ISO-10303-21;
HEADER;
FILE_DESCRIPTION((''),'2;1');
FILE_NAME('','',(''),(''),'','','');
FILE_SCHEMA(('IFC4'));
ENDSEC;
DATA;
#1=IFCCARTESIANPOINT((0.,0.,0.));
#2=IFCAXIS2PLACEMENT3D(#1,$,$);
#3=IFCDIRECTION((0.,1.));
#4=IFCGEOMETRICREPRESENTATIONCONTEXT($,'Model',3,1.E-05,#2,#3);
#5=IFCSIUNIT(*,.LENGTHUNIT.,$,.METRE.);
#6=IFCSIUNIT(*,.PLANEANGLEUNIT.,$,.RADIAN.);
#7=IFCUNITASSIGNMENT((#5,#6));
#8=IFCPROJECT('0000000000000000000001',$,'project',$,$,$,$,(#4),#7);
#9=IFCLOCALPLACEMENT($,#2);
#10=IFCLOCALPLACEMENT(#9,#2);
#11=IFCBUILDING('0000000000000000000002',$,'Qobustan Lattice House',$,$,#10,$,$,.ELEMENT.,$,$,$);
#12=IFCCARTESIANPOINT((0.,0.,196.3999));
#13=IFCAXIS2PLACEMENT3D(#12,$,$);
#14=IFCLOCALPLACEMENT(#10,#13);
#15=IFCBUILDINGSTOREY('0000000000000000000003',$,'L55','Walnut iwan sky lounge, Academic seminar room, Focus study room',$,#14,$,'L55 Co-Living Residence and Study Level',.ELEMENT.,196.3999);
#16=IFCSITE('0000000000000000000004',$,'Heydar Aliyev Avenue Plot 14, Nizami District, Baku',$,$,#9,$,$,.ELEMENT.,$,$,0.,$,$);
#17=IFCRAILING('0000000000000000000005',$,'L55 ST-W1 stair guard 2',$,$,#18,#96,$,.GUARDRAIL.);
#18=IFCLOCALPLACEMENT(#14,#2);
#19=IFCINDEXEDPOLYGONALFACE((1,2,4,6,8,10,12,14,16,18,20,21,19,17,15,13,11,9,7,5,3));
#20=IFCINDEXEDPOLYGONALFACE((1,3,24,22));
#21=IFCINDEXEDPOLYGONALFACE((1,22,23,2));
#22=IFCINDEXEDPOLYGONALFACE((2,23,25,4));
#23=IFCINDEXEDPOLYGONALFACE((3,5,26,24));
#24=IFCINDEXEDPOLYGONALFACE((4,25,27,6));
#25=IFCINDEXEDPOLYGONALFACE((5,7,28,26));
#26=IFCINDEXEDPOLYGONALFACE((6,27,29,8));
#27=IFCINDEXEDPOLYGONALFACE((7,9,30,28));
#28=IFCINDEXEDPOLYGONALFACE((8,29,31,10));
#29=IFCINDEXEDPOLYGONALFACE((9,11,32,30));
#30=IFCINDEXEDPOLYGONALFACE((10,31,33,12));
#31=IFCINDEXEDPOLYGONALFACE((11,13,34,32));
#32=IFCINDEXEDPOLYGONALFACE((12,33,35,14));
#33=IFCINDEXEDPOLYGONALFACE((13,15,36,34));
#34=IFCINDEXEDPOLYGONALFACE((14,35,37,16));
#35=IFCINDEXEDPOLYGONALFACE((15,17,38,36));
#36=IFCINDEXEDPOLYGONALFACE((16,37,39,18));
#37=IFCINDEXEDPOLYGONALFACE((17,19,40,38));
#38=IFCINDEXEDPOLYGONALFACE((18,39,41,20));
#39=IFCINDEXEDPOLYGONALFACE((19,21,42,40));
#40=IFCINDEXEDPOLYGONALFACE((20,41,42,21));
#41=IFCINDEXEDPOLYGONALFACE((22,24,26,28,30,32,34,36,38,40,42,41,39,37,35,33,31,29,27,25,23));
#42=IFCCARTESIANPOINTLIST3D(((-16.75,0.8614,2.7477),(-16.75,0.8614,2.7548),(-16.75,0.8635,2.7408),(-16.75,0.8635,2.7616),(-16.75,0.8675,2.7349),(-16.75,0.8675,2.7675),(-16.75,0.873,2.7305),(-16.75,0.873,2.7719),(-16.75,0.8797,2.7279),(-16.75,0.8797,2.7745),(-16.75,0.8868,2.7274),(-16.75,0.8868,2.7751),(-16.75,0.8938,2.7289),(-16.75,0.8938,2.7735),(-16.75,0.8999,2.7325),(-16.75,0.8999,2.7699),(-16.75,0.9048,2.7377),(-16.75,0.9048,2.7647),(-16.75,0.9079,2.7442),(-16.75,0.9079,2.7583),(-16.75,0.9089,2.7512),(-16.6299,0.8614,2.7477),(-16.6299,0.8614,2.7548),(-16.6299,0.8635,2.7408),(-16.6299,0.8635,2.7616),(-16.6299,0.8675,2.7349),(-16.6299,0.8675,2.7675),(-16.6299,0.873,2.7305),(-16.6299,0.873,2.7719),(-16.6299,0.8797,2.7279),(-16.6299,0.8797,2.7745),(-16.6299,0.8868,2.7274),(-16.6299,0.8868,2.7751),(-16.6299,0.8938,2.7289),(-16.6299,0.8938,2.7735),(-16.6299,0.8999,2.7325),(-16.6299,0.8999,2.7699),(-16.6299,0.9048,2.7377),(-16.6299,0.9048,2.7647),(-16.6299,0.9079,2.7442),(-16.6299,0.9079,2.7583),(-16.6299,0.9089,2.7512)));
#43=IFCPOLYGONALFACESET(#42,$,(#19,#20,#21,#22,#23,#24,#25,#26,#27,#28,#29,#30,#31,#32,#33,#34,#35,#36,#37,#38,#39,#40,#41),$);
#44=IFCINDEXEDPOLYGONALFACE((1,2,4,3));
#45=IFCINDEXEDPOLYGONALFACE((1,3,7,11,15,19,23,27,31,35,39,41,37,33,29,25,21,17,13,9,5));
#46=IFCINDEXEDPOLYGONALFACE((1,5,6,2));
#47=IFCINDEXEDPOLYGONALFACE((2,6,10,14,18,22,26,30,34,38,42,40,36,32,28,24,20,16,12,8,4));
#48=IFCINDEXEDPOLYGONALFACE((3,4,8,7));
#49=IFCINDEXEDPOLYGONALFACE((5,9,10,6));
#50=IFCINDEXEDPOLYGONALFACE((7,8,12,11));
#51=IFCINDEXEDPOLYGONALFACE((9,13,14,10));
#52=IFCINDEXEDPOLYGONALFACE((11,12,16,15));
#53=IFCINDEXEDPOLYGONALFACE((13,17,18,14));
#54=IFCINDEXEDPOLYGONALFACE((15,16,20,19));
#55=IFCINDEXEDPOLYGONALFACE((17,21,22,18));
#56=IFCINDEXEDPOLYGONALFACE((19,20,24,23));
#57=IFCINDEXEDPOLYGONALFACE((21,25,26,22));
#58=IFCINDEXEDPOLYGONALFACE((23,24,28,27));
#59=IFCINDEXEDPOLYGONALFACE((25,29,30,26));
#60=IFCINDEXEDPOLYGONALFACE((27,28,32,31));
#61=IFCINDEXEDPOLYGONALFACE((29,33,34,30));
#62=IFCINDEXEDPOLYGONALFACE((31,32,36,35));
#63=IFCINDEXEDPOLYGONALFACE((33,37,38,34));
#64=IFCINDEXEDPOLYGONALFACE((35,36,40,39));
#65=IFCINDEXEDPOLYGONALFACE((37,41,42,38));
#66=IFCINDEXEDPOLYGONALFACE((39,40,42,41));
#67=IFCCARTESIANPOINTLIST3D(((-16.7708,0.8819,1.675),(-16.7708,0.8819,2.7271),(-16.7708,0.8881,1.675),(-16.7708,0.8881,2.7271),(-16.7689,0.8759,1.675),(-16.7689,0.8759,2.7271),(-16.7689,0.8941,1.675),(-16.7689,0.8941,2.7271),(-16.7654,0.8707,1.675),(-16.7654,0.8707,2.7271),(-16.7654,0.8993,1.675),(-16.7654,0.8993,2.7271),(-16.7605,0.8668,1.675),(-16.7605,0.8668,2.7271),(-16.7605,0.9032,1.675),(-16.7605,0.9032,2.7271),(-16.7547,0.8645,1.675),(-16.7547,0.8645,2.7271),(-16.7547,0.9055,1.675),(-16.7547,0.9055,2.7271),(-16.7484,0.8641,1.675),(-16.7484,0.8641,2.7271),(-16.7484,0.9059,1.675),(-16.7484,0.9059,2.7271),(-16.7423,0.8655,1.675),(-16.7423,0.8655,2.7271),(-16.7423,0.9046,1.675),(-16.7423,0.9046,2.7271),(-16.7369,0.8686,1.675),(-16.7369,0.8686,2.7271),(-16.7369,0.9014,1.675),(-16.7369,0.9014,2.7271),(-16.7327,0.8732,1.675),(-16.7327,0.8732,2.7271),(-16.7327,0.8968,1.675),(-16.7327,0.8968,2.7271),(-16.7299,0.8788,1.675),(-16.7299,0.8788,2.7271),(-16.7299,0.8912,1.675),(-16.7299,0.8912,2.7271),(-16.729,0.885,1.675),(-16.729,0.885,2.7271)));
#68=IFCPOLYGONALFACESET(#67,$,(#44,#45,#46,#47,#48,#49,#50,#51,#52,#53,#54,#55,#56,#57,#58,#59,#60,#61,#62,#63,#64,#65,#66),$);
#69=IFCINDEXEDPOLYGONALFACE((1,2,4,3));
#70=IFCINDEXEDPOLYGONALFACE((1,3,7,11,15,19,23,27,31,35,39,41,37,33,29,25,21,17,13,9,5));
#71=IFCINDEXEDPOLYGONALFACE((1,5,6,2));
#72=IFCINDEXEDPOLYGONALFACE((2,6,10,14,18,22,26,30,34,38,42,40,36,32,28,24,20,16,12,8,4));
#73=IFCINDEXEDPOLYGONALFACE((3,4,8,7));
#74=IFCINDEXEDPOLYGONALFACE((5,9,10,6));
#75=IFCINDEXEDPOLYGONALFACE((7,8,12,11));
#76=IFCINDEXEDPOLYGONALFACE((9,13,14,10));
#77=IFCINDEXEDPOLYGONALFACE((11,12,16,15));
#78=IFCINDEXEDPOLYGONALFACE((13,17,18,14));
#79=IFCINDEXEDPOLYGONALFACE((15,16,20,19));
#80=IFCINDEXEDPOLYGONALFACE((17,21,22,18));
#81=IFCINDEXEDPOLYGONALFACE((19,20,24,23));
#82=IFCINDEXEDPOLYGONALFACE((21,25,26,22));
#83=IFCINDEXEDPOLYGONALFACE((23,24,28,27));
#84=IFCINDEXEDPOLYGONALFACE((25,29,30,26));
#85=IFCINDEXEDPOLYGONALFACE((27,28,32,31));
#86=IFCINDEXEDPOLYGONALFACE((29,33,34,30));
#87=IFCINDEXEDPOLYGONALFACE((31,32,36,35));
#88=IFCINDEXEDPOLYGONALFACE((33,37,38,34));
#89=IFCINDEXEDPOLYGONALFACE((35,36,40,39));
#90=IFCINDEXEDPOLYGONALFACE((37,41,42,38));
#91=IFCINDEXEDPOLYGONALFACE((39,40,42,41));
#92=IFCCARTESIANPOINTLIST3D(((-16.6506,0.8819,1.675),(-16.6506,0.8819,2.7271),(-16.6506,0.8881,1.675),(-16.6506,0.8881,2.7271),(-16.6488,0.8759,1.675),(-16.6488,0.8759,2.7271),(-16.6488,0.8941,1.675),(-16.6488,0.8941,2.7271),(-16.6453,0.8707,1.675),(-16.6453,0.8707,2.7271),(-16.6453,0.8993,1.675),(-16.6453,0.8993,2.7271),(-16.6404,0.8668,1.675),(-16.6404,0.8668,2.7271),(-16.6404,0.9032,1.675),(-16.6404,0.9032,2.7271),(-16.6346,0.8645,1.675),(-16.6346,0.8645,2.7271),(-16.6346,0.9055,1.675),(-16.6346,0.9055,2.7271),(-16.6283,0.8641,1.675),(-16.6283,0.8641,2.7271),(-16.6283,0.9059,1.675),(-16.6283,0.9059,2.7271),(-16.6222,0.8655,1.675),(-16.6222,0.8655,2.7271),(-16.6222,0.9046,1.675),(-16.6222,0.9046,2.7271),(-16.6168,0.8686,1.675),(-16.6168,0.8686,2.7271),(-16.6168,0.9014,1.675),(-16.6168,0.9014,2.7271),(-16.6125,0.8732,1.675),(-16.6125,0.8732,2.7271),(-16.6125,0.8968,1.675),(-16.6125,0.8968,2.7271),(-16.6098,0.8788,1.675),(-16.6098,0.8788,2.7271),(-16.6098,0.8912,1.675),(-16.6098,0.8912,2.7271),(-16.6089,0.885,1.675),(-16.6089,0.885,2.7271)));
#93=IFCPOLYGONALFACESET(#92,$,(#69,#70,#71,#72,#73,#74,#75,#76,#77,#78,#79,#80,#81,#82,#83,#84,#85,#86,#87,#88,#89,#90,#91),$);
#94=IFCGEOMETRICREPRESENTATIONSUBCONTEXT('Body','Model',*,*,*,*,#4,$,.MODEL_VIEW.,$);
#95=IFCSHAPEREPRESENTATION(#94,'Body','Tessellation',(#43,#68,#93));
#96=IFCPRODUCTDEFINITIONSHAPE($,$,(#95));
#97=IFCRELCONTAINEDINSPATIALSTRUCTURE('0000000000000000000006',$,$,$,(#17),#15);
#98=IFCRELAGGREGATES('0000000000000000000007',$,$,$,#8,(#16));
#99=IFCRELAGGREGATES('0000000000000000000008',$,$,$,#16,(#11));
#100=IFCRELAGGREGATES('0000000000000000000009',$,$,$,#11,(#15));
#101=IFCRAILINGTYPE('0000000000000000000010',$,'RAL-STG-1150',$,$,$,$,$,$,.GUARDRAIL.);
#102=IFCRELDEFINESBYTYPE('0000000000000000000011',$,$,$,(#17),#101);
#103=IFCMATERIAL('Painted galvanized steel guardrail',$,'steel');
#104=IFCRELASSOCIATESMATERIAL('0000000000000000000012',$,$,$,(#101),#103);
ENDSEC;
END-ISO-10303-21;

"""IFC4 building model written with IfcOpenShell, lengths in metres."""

from ifc_helpers import new_model, si_unit, direction, frame, origin, origin_2d, place, context, subcontext, project, spatial, circle, extrude, material, type_object, element, save


model = new_model("IFC4")

# Units and contexts
model_context = context("Model", 3, precision=1e-05, world=origin(), true_north=direction((0.0, 1.0)))
body_context = subcontext(model_context, "Body", "Model", "MODEL_VIEW")
ifc_project = project(units=[si_unit("LENGTHUNIT", "METRE"), si_unit("PLANEANGLEUNIT", "RADIAN")], contexts=[model_context])

# Site, building, storey
site_placement = place(None, origin())
site = spatial("IfcSite", under=ifc_project, at=site_placement, Name="Heydar Aliyev Avenue Plot 14, Nizami District, Baku", CompositionType="ELEMENT", RefElevation=0.0)
building_placement = place(site_placement, origin())
building = spatial("IfcBuilding", under=site, at=building_placement, Name="Qobustan Lattice House", CompositionType="ELEMENT")
storey_placement = place(building_placement, frame((0.0, 0.0, 196.3999)))
storey = spatial("IfcBuildingStorey", under=building, at=storey_placement, Name="L55", Description="Walnut iwan sky lounge, Academic seminar room, Focus study room", LongName="L55 Co-Living Residence and Study Level", CompositionType="ELEMENT", Elevation=196.3999)

# Railing
ifc_material_1 = material(Name="Painted galvanized steel guardrail", Category="steel")
railing_type = type_object("IfcRailingType", Name="RAL-STG-1150", PredefinedType="GUARDRAIL", material=ifc_material_1)
railing_placement = place(storey_placement, frame((-16.75, 0.885, 1.675)))
element("IfcRailing", 1, at=railing_placement, inside=storey, type_object=railing_type, Name="L55 ST-W1 stair guard 2", PredefinedType="GUARDRAIL", context=body_context, shape_type="SweptSolid", body=[
    extrude(circle(Radius=0.0239, at=origin_2d()), frame((0.0, 0.0, 1.0762), z_axis=(1.0, 0.0, 0.0), x_axis=(0.0, 1.0, 0.0)), (0.0, 0.0, 1.0), 0.1201),
    extrude(circle(Radius=0.021, at=origin_2d()), origin(), (0.0, 0.0, 1.0), 1.052),
    extrude(circle(Radius=0.021, at=origin_2d()), frame((0.1201, 0.0, 0.0)), (0.0, 0.0, 1.0), 1.052),
])

save(model, "model.ifc")
